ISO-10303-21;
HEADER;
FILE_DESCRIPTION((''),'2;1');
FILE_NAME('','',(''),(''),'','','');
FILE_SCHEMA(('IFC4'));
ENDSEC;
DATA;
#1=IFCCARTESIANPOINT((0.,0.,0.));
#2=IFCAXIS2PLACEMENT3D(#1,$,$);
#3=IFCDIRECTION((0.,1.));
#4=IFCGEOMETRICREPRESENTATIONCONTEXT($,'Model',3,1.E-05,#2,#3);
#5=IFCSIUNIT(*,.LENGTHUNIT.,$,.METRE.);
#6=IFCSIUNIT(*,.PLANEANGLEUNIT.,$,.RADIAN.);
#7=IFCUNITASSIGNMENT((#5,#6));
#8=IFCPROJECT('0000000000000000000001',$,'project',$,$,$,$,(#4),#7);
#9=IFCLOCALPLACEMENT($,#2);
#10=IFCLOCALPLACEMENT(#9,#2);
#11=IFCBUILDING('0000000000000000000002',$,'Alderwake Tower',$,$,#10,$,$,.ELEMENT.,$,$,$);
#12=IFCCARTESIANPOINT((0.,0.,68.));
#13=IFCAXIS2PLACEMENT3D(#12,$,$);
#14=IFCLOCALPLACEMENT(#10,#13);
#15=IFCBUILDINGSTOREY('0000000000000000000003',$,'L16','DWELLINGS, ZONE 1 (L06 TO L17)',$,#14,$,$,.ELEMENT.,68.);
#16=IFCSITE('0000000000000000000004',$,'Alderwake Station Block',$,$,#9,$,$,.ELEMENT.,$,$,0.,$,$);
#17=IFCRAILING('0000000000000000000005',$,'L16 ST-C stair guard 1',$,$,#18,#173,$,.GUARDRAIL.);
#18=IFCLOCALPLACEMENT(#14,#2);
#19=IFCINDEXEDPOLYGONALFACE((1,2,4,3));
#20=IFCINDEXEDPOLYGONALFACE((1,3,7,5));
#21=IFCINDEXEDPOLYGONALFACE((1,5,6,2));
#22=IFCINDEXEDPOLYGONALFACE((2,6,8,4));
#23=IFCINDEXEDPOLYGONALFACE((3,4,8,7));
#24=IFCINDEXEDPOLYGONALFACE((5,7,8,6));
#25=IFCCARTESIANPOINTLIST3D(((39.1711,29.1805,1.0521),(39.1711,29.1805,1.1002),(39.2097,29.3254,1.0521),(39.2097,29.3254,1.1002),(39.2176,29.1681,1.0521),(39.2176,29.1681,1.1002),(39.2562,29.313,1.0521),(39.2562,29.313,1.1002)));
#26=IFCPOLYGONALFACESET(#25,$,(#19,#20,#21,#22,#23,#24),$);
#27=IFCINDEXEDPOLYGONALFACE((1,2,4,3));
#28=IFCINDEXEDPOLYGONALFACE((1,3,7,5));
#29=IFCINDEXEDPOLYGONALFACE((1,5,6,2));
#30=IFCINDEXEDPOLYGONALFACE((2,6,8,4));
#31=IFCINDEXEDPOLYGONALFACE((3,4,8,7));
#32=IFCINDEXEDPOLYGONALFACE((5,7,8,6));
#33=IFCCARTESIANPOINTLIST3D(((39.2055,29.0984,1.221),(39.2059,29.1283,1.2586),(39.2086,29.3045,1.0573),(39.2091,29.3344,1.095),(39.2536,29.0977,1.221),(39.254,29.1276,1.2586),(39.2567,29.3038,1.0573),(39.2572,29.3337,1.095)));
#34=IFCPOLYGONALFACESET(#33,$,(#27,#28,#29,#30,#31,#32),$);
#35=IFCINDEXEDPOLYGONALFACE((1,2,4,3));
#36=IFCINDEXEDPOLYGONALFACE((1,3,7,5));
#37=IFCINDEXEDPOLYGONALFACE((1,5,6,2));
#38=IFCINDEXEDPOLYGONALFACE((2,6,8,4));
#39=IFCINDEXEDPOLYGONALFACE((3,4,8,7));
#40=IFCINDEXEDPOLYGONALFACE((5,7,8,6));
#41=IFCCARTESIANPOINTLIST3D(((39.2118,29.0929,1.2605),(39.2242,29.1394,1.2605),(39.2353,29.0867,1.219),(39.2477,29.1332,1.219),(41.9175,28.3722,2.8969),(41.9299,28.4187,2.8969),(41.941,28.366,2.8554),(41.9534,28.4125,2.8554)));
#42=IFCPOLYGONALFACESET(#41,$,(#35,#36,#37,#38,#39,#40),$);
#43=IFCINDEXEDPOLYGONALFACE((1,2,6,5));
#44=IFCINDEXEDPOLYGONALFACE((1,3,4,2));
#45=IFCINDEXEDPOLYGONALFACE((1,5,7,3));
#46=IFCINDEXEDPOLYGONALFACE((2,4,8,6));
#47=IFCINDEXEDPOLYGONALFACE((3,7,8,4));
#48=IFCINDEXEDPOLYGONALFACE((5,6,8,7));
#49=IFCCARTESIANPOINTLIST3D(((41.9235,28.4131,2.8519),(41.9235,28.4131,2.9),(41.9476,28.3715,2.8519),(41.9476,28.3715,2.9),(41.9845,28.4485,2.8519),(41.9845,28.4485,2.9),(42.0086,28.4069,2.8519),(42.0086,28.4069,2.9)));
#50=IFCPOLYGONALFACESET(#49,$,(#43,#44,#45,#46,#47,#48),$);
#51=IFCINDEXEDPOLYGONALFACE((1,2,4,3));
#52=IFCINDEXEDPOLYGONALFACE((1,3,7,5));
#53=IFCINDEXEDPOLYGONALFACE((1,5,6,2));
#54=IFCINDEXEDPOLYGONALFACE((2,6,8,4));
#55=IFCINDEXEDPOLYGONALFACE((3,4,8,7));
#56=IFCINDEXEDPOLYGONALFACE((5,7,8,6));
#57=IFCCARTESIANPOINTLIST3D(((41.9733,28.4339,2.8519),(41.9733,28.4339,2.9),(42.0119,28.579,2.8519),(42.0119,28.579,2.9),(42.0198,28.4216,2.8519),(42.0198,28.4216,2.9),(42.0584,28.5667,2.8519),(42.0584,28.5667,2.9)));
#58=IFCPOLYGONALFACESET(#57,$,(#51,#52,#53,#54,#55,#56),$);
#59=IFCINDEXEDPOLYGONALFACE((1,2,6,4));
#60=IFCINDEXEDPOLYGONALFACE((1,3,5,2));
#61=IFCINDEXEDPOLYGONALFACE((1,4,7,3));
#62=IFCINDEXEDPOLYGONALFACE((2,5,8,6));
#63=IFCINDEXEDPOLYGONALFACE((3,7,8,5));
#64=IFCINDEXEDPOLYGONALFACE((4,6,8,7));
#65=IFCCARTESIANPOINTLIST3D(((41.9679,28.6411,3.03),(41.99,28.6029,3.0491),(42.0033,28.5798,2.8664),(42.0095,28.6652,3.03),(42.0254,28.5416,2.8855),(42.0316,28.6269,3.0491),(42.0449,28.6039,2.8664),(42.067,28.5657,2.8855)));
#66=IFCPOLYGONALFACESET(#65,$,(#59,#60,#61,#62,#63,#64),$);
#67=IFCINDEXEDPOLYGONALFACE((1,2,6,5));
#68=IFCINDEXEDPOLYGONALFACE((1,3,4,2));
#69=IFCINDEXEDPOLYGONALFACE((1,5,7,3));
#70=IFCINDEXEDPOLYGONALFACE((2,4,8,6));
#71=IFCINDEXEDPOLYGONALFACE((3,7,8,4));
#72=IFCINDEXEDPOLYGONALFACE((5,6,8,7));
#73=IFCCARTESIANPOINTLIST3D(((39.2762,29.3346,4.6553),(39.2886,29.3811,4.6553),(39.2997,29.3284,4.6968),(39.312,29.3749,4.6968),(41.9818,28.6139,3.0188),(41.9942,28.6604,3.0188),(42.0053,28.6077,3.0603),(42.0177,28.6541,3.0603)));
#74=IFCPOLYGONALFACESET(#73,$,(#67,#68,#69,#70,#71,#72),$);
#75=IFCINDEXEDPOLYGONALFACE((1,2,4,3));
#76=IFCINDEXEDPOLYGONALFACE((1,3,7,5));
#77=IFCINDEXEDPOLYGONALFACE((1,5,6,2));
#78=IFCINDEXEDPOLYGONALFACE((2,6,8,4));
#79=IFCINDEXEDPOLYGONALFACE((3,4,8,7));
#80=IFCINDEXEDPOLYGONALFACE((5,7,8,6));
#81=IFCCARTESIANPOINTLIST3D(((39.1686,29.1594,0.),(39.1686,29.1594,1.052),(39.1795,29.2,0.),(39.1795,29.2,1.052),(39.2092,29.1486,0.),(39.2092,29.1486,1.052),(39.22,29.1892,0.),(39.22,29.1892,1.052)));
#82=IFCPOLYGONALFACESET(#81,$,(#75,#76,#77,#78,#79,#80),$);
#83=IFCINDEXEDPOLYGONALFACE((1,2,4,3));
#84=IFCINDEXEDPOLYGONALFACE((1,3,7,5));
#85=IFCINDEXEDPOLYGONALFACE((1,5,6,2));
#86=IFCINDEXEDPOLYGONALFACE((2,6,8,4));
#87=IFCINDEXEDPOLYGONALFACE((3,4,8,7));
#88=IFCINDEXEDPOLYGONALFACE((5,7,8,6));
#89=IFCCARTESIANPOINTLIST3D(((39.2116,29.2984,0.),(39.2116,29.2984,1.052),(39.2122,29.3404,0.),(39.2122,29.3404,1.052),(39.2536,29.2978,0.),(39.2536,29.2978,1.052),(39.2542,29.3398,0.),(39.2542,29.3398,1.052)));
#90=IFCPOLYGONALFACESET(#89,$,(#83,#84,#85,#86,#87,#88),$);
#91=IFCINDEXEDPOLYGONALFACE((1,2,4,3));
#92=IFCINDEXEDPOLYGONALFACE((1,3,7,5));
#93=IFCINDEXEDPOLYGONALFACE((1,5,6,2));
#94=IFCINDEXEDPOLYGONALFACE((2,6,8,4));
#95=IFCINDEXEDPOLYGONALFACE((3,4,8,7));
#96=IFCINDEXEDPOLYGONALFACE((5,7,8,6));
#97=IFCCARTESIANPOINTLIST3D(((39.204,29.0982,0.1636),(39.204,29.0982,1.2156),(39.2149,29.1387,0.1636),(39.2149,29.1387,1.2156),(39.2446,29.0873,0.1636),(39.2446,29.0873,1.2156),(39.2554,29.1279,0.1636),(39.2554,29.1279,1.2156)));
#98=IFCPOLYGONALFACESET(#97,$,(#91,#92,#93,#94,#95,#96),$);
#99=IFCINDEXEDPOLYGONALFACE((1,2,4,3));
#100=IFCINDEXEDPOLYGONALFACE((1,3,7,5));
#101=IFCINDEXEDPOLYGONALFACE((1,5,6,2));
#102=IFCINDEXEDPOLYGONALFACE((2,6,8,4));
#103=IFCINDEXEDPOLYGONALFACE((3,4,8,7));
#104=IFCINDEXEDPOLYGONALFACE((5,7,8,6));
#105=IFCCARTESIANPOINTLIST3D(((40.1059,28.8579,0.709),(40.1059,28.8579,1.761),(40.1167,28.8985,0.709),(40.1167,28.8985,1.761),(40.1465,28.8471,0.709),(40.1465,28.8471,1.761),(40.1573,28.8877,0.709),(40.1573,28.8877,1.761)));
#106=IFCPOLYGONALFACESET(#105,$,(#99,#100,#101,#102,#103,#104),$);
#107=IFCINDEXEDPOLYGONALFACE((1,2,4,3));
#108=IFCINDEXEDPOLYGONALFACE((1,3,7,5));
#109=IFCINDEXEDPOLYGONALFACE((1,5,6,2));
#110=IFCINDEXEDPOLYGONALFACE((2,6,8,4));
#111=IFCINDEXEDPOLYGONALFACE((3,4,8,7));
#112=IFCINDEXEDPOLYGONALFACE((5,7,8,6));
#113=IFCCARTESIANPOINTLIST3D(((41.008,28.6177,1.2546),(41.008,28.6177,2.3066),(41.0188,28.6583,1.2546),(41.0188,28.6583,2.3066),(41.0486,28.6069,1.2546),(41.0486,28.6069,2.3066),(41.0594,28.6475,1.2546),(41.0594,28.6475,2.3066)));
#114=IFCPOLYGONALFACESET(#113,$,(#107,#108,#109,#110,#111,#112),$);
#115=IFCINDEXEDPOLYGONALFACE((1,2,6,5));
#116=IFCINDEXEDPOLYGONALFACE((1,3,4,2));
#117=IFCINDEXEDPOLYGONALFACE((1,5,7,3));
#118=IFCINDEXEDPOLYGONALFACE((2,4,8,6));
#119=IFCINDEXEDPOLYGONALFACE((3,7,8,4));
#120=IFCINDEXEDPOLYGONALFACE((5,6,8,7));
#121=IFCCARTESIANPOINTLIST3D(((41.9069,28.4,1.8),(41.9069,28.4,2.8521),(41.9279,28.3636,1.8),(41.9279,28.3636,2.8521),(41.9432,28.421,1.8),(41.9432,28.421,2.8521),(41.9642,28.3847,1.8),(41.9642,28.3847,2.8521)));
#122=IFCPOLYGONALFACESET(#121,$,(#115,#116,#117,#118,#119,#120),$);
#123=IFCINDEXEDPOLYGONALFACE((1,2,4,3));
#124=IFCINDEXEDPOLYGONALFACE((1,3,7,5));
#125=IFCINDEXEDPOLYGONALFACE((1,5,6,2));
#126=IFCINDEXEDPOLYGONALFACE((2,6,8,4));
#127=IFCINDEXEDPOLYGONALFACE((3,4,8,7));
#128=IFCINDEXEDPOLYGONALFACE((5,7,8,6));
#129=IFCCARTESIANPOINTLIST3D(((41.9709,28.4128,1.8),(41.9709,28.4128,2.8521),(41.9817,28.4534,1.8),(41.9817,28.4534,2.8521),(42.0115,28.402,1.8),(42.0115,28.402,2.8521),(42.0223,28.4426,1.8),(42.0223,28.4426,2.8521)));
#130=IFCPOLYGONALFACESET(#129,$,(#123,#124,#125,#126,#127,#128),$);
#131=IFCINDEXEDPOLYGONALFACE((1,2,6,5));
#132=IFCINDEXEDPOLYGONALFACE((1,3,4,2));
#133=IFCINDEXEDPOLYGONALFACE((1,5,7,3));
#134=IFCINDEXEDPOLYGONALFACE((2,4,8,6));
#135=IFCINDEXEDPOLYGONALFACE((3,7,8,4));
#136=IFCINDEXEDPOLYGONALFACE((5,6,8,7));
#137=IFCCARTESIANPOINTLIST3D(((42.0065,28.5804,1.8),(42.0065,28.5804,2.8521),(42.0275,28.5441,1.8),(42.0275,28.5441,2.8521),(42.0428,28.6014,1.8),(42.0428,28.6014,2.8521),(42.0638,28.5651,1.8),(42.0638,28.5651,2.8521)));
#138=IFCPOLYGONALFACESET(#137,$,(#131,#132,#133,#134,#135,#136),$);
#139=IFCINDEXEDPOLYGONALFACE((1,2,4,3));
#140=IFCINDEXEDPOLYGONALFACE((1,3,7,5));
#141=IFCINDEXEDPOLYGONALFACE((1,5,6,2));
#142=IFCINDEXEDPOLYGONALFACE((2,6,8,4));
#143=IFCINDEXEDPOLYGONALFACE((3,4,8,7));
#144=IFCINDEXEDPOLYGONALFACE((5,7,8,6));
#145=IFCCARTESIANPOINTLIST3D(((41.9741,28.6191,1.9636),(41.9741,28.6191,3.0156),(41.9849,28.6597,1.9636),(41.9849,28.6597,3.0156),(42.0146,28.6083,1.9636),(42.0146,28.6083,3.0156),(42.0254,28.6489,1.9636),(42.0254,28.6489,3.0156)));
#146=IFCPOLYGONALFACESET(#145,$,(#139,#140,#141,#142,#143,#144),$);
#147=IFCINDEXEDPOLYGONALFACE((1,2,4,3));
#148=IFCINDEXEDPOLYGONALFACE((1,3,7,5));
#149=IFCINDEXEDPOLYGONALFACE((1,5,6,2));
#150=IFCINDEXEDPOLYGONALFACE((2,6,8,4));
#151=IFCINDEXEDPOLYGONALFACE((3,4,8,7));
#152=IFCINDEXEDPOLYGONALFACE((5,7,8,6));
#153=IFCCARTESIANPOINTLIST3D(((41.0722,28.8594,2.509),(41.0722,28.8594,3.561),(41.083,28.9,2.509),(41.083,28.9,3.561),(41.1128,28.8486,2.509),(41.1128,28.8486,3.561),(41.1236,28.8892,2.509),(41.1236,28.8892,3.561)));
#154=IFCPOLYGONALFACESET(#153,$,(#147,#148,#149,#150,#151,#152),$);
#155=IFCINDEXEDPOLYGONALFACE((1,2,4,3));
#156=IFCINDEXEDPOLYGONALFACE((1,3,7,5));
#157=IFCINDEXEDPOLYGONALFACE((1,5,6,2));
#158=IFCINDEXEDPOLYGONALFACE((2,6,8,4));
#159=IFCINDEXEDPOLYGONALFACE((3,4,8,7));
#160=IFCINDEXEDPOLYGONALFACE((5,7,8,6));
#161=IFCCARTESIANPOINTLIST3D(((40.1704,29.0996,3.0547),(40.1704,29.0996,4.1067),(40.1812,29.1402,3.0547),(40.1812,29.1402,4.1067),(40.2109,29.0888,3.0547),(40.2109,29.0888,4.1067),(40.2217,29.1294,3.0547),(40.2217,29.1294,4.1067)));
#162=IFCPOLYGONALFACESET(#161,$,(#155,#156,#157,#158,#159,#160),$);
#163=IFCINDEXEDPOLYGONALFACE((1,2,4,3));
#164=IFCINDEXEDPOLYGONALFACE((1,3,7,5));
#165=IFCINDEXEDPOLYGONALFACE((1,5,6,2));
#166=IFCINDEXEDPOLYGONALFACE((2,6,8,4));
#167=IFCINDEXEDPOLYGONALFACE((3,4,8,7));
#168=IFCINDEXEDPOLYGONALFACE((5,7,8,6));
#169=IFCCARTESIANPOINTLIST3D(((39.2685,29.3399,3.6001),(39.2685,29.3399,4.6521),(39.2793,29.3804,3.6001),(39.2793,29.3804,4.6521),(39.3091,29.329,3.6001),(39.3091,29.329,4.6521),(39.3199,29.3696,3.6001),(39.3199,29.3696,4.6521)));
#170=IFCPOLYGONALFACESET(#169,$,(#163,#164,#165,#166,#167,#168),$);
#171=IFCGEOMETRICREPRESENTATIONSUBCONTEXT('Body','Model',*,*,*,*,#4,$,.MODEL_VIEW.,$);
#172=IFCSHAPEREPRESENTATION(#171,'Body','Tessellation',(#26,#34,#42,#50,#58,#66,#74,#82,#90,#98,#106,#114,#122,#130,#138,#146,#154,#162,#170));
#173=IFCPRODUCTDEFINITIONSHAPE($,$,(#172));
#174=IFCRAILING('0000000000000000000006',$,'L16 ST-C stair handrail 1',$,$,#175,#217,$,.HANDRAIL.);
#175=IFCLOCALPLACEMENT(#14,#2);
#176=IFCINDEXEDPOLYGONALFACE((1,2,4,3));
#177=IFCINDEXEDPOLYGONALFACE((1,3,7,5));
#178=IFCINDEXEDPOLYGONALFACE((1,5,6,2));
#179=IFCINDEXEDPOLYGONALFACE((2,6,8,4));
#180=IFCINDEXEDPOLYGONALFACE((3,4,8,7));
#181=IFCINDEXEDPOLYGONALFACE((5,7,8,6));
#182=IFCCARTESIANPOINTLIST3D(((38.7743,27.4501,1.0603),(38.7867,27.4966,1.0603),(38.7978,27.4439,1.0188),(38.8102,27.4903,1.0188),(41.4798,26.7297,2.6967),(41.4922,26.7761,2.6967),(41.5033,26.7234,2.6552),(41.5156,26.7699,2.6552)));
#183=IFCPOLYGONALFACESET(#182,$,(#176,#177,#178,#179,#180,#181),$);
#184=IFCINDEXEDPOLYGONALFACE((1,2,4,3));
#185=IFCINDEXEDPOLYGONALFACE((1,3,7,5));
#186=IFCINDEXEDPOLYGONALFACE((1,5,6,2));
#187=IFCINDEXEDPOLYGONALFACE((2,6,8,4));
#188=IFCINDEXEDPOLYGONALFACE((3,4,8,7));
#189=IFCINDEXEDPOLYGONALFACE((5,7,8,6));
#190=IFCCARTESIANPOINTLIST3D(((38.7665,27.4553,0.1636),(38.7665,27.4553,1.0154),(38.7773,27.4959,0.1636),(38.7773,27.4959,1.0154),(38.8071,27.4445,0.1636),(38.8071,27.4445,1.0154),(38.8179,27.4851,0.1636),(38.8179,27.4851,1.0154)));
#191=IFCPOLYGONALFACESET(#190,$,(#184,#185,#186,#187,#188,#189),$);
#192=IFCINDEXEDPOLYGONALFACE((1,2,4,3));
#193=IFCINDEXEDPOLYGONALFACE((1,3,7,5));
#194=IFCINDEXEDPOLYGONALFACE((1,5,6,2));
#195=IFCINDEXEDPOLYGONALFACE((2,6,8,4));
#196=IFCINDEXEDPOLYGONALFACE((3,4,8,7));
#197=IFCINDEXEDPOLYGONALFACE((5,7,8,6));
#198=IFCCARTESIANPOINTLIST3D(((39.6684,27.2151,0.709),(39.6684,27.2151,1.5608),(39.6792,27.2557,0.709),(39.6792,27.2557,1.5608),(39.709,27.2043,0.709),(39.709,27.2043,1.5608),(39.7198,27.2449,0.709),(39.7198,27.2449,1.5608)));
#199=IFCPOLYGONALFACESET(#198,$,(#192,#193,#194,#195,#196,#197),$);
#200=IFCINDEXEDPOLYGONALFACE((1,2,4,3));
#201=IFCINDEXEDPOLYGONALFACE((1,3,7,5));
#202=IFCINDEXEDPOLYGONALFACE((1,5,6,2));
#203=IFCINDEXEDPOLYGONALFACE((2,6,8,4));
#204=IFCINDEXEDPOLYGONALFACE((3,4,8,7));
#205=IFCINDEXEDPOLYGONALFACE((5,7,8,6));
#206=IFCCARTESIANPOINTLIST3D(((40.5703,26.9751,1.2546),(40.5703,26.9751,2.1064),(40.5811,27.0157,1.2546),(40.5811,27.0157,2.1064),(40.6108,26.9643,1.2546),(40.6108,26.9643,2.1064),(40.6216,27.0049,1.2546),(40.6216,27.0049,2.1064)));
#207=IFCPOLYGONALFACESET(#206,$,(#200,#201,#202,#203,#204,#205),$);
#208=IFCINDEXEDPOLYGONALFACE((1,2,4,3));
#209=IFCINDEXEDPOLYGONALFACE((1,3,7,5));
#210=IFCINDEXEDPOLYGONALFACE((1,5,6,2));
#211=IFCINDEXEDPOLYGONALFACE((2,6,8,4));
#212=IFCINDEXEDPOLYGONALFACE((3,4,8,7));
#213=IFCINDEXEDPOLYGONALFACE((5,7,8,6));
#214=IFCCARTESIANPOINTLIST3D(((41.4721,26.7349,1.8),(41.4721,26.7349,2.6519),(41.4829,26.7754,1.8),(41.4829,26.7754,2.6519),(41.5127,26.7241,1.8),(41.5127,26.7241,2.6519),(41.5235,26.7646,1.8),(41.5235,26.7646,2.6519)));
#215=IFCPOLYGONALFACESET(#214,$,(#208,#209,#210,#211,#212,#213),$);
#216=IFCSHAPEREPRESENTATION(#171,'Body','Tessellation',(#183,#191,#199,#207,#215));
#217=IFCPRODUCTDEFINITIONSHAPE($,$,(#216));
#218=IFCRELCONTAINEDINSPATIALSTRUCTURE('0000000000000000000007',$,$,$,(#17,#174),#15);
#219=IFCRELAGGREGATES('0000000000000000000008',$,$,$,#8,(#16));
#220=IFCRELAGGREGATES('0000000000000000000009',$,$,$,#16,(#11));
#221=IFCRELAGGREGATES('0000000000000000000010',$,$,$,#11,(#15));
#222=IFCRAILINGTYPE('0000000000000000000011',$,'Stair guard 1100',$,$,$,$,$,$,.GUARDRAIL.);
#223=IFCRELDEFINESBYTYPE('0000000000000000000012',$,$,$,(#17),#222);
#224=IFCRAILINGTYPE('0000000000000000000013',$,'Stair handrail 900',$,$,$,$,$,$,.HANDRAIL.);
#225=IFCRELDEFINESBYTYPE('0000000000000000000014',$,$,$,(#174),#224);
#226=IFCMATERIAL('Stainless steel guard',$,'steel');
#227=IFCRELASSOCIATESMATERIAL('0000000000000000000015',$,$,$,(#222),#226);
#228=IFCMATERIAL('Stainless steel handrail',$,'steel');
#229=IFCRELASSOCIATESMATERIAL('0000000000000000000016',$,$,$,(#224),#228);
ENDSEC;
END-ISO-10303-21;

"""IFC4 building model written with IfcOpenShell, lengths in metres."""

from ifc_helpers import new_model, si_unit, direction, frame, origin, origin_2d, place, context, subcontext, project, spatial, rectangle, extrude, material, type_object, element, save


model = new_model("IFC4")

# Units and contexts
model_context = context("Model", 3, precision=1e-05, world=origin(), true_north=direction((0.0, 1.0)))
body_context = subcontext(model_context, "Body", "Model", "MODEL_VIEW")
ifc_project = project(units=[si_unit("LENGTHUNIT", "METRE"), si_unit("PLANEANGLEUNIT", "RADIAN")], contexts=[model_context])

# Site, building, storey
site_placement = place(None, origin())
site = spatial("IfcSite", under=ifc_project, at=site_placement, Name="Alderwake Station Block", CompositionType="ELEMENT", RefElevation=0.0)
building_placement = place(site_placement, origin())
building = spatial("IfcBuilding", under=site, at=building_placement, Name="Alderwake Tower", CompositionType="ELEMENT")
storey_placement = place(building_placement, frame((0.0, 0.0, 68.0)))
storey = spatial("IfcBuildingStorey", under=building, at=storey_placement, Name="L16", Description="DWELLINGS, ZONE 1 (L06 TO L17)", CompositionType="ELEMENT", Elevation=68.0)

# Railings
ifc_material_1 = material(Name="Stainless steel guard", Category="steel")
railing_type_1 = type_object("IfcRailingType", Name="Stair guard 1100", PredefinedType="GUARDRAIL", material=ifc_material_1)
railing_1_placement = place(storey_placement, frame((39.1943, 29.1743, 0.0)))
element("IfcRailing", 1, at=railing_1_placement, inside=storey, type_object=railing_type_1, Name="L16 ST-C stair guard 1", PredefinedType="GUARDRAIL", context=body_context, shape_type="SweptSolid", body=[
    extrude(rectangle(XDim=0.0481, YDim=0.0481, at=origin_2d()), frame((0.0, 0.0, 1.0762), z_axis=(0.25746, 0.966289, 0.0), x_axis=(-0.966289, 0.25746, 0.0)), (0.0, 0.0, 1.0), 0.1499),
    extrude(rectangle(XDim=0.0481, YDim=0.0481, at=origin_2d()), frame((0.0386, 0.1448, 1.0762), z_axis=(-0.012063, -0.78316, 0.621703), x_axis=(0.999881, -0.015401, 0.0)), (0.0, 0.0, 1.0), 0.2632),
    extrude(rectangle(XDim=0.0481, YDim=0.0481, at=origin_2d()), frame((0.0354, -0.0613, 1.2397), z_axis=(0.834282, -0.222214, 0.504574), x_axis=(0.25738, 0.96631, 0.0)), (0.0, 0.0, 1.0), 3.2432),
    extrude(rectangle(XDim=0.0481, YDim=0.0481, at=origin_2d()), frame((2.7412, -0.782, 2.876), z_axis=(0.865031, 0.501718, 0.0), x_axis=(-0.501718, 0.865031, 0.0)), (0.0, 0.0, 1.0), 0.0706),
    extrude(rectangle(XDim=0.0481, YDim=0.0481, at=origin_2d()), frame((2.8022, -0.7466, 2.876), z_axis=(0.257055, 0.966397, 0.0), x_axis=(-0.966397, 0.257055, 0.0)), (0.0, 0.0, 1.0), 0.1501),
    extrude(rectangle(XDim=0.0481, YDim=0.0481, at=origin_2d()), frame((2.8408, -0.6016, 2.876), z_axis=(-0.198625, 0.343827, 0.917786), x_axis=(-0.865898, -0.50022, 0.0)), (0.0, 0.0, 1.0), 0.1782),
    extrude(rectangle(XDim=0.0481, YDim=0.0481, at=origin_2d()), frame((2.8054, -0.5403, 3.0396), z_axis=(-0.834259, 0.222228, 0.504605), x_axis=(-0.257402, -0.966304, 0.0)), (0.0, 0.0, 1.0), 3.2432),
    extrude(rectangle(XDim=0.042, YDim=0.042, at=origin_2d()), frame((0.0, 0.0, 0.0), z_axis=(0.0, 0.0, 1.0), x_axis=(0.25746, 0.966289, 0.0)), (0.0, 0.0, 1.0), 1.052),
    extrude(rectangle(XDim=0.042, YDim=0.042, at=origin_2d()), frame((0.0386, 0.1448, 0.0), z_axis=(0.0, 0.0, 1.0), x_axis=(-0.015401, -0.999881, 0.0)), (0.0, 0.0, 1.0), 1.052),
    extrude(rectangle(XDim=0.042, YDim=0.042, at=origin_2d()), frame((0.0354, -0.0613, 0.1636), z_axis=(0.0, 0.0, 1.0), x_axis=(0.96631, -0.25738, 0.0)), (0.0, 0.0, 1.0), 1.052),
    extrude(rectangle(XDim=0.042, YDim=0.042, at=origin_2d()), frame((0.9373, -0.3015, 0.709), z_axis=(0.0, 0.0, 1.0), x_axis=(0.96631, -0.25738, 0.0)), (0.0, 0.0, 1.0), 1.052),
    extrude(rectangle(XDim=0.042, YDim=0.042, at=origin_2d()), frame((1.8394, -0.5417, 1.2546), z_axis=(0.0, 0.0, 1.0), x_axis=(0.96631, -0.25738, 0.0)), (0.0, 0.0, 1.0), 1.052),
    extrude(rectangle(XDim=0.042, YDim=0.042, at=origin_2d()), frame((2.7412, -0.782, 1.8), z_axis=(0.0, 0.0, 1.0), x_axis=(0.865031, 0.501718, 0.0)), (0.0, 0.0, 1.0), 1.052),
    extrude(rectangle(XDim=0.042, YDim=0.042, at=origin_2d()), frame((2.8022, -0.7466, 1.8), z_axis=(0.0, 0.0, 1.0), x_axis=(0.257055, 0.966397, 0.0)), (0.0, 0.0, 1.0), 1.052),
    extrude(rectangle(XDim=0.042, YDim=0.042, at=origin_2d()), frame((2.8408, -0.6016, 1.8), z_axis=(0.0, 0.0, 1.0), x_axis=(-0.50022, 0.865898, 0.0)), (0.0, 0.0, 1.0), 1.052),
    extrude(rectangle(XDim=0.042, YDim=0.042, at=origin_2d()), frame((2.8054, -0.5403, 1.9636), z_axis=(0.0, 0.0, 1.0), x_axis=(-0.966304, 0.257402, 0.0)), (0.0, 0.0, 1.0), 1.052),
    extrude(rectangle(XDim=0.042, YDim=0.042, at=origin_2d()), frame((1.9036, -0.3, 2.509), z_axis=(0.0, 0.0, 1.0), x_axis=(-0.966304, 0.257402, 0.0)), (0.0, 0.0, 1.0), 1.052),
    extrude(rectangle(XDim=0.042, YDim=0.042, at=origin_2d()), frame((1.0017, -0.0598, 3.0547), z_axis=(0.0, 0.0, 1.0), x_axis=(-0.966304, 0.257402, 0.0)), (0.0, 0.0, 1.0), 1.052),
    extrude(rectangle(XDim=0.042, YDim=0.042, at=origin_2d()), frame((0.0999, 0.1804, 3.6001), z_axis=(0.0, 0.0, 1.0), x_axis=(-0.966304, 0.257402, 0.0)), (0.0, 0.0, 1.0), 1.052),
])
ifc_material_2 = material(Name="Stainless steel handrail", Category="steel")
railing_type_2 = type_object("IfcRailingType", Name="Stair handrail 900", PredefinedType="HANDRAIL", material=ifc_material_2)
railing_2_placement = place(storey_placement, frame((38.7922, 27.4702, 0.1636)))
element("IfcRailing", 2, at=railing_2_placement, inside=storey, type_object=railing_type_2, Name="L16 ST-C stair handrail 1", PredefinedType="HANDRAIL", context=body_context, shape_type="SweptSolid", body=[
    extrude(rectangle(XDim=0.0481, YDim=0.0481, at=origin_2d()), frame((0.0, 0.0, 0.876), z_axis=(0.834273, -0.222157, 0.504614), x_axis=(0.257321, 0.966326, 0.0)), (0.0, 0.0, 1.0), 3.2429),
    extrude(rectangle(XDim=0.042, YDim=0.042, at=origin_2d()), frame((0.0, 0.0, 0.0), z_axis=(0.0, 0.0, 1.0), x_axis=(0.966326, -0.257321, 0.0)), (0.0, 0.0, 1.0), 0.8518),
    extrude(rectangle(XDim=0.042, YDim=0.042, at=origin_2d()), frame((0.9019, -0.2402, 0.5454), z_axis=(0.0, 0.0, 1.0), x_axis=(0.966326, -0.257321, 0.0)), (0.0, 0.0, 1.0), 0.8518),
    extrude(rectangle(XDim=0.042, YDim=0.042, at=origin_2d()), frame((1.8037, -0.4802, 1.0911), z_axis=(0.0, 0.0, 1.0), x_axis=(0.966326, -0.257321, 0.0)), (0.0, 0.0, 1.0), 0.8518),
    extrude(rectangle(XDim=0.042, YDim=0.042, at=origin_2d()), frame((2.7056, -0.7205, 1.6365), z_axis=(0.0, 0.0, 1.0), x_axis=(0.966326, -0.257321, 0.0)), (0.0, 0.0, 1.0), 0.8518),
])

save(model, "model.ifc")
